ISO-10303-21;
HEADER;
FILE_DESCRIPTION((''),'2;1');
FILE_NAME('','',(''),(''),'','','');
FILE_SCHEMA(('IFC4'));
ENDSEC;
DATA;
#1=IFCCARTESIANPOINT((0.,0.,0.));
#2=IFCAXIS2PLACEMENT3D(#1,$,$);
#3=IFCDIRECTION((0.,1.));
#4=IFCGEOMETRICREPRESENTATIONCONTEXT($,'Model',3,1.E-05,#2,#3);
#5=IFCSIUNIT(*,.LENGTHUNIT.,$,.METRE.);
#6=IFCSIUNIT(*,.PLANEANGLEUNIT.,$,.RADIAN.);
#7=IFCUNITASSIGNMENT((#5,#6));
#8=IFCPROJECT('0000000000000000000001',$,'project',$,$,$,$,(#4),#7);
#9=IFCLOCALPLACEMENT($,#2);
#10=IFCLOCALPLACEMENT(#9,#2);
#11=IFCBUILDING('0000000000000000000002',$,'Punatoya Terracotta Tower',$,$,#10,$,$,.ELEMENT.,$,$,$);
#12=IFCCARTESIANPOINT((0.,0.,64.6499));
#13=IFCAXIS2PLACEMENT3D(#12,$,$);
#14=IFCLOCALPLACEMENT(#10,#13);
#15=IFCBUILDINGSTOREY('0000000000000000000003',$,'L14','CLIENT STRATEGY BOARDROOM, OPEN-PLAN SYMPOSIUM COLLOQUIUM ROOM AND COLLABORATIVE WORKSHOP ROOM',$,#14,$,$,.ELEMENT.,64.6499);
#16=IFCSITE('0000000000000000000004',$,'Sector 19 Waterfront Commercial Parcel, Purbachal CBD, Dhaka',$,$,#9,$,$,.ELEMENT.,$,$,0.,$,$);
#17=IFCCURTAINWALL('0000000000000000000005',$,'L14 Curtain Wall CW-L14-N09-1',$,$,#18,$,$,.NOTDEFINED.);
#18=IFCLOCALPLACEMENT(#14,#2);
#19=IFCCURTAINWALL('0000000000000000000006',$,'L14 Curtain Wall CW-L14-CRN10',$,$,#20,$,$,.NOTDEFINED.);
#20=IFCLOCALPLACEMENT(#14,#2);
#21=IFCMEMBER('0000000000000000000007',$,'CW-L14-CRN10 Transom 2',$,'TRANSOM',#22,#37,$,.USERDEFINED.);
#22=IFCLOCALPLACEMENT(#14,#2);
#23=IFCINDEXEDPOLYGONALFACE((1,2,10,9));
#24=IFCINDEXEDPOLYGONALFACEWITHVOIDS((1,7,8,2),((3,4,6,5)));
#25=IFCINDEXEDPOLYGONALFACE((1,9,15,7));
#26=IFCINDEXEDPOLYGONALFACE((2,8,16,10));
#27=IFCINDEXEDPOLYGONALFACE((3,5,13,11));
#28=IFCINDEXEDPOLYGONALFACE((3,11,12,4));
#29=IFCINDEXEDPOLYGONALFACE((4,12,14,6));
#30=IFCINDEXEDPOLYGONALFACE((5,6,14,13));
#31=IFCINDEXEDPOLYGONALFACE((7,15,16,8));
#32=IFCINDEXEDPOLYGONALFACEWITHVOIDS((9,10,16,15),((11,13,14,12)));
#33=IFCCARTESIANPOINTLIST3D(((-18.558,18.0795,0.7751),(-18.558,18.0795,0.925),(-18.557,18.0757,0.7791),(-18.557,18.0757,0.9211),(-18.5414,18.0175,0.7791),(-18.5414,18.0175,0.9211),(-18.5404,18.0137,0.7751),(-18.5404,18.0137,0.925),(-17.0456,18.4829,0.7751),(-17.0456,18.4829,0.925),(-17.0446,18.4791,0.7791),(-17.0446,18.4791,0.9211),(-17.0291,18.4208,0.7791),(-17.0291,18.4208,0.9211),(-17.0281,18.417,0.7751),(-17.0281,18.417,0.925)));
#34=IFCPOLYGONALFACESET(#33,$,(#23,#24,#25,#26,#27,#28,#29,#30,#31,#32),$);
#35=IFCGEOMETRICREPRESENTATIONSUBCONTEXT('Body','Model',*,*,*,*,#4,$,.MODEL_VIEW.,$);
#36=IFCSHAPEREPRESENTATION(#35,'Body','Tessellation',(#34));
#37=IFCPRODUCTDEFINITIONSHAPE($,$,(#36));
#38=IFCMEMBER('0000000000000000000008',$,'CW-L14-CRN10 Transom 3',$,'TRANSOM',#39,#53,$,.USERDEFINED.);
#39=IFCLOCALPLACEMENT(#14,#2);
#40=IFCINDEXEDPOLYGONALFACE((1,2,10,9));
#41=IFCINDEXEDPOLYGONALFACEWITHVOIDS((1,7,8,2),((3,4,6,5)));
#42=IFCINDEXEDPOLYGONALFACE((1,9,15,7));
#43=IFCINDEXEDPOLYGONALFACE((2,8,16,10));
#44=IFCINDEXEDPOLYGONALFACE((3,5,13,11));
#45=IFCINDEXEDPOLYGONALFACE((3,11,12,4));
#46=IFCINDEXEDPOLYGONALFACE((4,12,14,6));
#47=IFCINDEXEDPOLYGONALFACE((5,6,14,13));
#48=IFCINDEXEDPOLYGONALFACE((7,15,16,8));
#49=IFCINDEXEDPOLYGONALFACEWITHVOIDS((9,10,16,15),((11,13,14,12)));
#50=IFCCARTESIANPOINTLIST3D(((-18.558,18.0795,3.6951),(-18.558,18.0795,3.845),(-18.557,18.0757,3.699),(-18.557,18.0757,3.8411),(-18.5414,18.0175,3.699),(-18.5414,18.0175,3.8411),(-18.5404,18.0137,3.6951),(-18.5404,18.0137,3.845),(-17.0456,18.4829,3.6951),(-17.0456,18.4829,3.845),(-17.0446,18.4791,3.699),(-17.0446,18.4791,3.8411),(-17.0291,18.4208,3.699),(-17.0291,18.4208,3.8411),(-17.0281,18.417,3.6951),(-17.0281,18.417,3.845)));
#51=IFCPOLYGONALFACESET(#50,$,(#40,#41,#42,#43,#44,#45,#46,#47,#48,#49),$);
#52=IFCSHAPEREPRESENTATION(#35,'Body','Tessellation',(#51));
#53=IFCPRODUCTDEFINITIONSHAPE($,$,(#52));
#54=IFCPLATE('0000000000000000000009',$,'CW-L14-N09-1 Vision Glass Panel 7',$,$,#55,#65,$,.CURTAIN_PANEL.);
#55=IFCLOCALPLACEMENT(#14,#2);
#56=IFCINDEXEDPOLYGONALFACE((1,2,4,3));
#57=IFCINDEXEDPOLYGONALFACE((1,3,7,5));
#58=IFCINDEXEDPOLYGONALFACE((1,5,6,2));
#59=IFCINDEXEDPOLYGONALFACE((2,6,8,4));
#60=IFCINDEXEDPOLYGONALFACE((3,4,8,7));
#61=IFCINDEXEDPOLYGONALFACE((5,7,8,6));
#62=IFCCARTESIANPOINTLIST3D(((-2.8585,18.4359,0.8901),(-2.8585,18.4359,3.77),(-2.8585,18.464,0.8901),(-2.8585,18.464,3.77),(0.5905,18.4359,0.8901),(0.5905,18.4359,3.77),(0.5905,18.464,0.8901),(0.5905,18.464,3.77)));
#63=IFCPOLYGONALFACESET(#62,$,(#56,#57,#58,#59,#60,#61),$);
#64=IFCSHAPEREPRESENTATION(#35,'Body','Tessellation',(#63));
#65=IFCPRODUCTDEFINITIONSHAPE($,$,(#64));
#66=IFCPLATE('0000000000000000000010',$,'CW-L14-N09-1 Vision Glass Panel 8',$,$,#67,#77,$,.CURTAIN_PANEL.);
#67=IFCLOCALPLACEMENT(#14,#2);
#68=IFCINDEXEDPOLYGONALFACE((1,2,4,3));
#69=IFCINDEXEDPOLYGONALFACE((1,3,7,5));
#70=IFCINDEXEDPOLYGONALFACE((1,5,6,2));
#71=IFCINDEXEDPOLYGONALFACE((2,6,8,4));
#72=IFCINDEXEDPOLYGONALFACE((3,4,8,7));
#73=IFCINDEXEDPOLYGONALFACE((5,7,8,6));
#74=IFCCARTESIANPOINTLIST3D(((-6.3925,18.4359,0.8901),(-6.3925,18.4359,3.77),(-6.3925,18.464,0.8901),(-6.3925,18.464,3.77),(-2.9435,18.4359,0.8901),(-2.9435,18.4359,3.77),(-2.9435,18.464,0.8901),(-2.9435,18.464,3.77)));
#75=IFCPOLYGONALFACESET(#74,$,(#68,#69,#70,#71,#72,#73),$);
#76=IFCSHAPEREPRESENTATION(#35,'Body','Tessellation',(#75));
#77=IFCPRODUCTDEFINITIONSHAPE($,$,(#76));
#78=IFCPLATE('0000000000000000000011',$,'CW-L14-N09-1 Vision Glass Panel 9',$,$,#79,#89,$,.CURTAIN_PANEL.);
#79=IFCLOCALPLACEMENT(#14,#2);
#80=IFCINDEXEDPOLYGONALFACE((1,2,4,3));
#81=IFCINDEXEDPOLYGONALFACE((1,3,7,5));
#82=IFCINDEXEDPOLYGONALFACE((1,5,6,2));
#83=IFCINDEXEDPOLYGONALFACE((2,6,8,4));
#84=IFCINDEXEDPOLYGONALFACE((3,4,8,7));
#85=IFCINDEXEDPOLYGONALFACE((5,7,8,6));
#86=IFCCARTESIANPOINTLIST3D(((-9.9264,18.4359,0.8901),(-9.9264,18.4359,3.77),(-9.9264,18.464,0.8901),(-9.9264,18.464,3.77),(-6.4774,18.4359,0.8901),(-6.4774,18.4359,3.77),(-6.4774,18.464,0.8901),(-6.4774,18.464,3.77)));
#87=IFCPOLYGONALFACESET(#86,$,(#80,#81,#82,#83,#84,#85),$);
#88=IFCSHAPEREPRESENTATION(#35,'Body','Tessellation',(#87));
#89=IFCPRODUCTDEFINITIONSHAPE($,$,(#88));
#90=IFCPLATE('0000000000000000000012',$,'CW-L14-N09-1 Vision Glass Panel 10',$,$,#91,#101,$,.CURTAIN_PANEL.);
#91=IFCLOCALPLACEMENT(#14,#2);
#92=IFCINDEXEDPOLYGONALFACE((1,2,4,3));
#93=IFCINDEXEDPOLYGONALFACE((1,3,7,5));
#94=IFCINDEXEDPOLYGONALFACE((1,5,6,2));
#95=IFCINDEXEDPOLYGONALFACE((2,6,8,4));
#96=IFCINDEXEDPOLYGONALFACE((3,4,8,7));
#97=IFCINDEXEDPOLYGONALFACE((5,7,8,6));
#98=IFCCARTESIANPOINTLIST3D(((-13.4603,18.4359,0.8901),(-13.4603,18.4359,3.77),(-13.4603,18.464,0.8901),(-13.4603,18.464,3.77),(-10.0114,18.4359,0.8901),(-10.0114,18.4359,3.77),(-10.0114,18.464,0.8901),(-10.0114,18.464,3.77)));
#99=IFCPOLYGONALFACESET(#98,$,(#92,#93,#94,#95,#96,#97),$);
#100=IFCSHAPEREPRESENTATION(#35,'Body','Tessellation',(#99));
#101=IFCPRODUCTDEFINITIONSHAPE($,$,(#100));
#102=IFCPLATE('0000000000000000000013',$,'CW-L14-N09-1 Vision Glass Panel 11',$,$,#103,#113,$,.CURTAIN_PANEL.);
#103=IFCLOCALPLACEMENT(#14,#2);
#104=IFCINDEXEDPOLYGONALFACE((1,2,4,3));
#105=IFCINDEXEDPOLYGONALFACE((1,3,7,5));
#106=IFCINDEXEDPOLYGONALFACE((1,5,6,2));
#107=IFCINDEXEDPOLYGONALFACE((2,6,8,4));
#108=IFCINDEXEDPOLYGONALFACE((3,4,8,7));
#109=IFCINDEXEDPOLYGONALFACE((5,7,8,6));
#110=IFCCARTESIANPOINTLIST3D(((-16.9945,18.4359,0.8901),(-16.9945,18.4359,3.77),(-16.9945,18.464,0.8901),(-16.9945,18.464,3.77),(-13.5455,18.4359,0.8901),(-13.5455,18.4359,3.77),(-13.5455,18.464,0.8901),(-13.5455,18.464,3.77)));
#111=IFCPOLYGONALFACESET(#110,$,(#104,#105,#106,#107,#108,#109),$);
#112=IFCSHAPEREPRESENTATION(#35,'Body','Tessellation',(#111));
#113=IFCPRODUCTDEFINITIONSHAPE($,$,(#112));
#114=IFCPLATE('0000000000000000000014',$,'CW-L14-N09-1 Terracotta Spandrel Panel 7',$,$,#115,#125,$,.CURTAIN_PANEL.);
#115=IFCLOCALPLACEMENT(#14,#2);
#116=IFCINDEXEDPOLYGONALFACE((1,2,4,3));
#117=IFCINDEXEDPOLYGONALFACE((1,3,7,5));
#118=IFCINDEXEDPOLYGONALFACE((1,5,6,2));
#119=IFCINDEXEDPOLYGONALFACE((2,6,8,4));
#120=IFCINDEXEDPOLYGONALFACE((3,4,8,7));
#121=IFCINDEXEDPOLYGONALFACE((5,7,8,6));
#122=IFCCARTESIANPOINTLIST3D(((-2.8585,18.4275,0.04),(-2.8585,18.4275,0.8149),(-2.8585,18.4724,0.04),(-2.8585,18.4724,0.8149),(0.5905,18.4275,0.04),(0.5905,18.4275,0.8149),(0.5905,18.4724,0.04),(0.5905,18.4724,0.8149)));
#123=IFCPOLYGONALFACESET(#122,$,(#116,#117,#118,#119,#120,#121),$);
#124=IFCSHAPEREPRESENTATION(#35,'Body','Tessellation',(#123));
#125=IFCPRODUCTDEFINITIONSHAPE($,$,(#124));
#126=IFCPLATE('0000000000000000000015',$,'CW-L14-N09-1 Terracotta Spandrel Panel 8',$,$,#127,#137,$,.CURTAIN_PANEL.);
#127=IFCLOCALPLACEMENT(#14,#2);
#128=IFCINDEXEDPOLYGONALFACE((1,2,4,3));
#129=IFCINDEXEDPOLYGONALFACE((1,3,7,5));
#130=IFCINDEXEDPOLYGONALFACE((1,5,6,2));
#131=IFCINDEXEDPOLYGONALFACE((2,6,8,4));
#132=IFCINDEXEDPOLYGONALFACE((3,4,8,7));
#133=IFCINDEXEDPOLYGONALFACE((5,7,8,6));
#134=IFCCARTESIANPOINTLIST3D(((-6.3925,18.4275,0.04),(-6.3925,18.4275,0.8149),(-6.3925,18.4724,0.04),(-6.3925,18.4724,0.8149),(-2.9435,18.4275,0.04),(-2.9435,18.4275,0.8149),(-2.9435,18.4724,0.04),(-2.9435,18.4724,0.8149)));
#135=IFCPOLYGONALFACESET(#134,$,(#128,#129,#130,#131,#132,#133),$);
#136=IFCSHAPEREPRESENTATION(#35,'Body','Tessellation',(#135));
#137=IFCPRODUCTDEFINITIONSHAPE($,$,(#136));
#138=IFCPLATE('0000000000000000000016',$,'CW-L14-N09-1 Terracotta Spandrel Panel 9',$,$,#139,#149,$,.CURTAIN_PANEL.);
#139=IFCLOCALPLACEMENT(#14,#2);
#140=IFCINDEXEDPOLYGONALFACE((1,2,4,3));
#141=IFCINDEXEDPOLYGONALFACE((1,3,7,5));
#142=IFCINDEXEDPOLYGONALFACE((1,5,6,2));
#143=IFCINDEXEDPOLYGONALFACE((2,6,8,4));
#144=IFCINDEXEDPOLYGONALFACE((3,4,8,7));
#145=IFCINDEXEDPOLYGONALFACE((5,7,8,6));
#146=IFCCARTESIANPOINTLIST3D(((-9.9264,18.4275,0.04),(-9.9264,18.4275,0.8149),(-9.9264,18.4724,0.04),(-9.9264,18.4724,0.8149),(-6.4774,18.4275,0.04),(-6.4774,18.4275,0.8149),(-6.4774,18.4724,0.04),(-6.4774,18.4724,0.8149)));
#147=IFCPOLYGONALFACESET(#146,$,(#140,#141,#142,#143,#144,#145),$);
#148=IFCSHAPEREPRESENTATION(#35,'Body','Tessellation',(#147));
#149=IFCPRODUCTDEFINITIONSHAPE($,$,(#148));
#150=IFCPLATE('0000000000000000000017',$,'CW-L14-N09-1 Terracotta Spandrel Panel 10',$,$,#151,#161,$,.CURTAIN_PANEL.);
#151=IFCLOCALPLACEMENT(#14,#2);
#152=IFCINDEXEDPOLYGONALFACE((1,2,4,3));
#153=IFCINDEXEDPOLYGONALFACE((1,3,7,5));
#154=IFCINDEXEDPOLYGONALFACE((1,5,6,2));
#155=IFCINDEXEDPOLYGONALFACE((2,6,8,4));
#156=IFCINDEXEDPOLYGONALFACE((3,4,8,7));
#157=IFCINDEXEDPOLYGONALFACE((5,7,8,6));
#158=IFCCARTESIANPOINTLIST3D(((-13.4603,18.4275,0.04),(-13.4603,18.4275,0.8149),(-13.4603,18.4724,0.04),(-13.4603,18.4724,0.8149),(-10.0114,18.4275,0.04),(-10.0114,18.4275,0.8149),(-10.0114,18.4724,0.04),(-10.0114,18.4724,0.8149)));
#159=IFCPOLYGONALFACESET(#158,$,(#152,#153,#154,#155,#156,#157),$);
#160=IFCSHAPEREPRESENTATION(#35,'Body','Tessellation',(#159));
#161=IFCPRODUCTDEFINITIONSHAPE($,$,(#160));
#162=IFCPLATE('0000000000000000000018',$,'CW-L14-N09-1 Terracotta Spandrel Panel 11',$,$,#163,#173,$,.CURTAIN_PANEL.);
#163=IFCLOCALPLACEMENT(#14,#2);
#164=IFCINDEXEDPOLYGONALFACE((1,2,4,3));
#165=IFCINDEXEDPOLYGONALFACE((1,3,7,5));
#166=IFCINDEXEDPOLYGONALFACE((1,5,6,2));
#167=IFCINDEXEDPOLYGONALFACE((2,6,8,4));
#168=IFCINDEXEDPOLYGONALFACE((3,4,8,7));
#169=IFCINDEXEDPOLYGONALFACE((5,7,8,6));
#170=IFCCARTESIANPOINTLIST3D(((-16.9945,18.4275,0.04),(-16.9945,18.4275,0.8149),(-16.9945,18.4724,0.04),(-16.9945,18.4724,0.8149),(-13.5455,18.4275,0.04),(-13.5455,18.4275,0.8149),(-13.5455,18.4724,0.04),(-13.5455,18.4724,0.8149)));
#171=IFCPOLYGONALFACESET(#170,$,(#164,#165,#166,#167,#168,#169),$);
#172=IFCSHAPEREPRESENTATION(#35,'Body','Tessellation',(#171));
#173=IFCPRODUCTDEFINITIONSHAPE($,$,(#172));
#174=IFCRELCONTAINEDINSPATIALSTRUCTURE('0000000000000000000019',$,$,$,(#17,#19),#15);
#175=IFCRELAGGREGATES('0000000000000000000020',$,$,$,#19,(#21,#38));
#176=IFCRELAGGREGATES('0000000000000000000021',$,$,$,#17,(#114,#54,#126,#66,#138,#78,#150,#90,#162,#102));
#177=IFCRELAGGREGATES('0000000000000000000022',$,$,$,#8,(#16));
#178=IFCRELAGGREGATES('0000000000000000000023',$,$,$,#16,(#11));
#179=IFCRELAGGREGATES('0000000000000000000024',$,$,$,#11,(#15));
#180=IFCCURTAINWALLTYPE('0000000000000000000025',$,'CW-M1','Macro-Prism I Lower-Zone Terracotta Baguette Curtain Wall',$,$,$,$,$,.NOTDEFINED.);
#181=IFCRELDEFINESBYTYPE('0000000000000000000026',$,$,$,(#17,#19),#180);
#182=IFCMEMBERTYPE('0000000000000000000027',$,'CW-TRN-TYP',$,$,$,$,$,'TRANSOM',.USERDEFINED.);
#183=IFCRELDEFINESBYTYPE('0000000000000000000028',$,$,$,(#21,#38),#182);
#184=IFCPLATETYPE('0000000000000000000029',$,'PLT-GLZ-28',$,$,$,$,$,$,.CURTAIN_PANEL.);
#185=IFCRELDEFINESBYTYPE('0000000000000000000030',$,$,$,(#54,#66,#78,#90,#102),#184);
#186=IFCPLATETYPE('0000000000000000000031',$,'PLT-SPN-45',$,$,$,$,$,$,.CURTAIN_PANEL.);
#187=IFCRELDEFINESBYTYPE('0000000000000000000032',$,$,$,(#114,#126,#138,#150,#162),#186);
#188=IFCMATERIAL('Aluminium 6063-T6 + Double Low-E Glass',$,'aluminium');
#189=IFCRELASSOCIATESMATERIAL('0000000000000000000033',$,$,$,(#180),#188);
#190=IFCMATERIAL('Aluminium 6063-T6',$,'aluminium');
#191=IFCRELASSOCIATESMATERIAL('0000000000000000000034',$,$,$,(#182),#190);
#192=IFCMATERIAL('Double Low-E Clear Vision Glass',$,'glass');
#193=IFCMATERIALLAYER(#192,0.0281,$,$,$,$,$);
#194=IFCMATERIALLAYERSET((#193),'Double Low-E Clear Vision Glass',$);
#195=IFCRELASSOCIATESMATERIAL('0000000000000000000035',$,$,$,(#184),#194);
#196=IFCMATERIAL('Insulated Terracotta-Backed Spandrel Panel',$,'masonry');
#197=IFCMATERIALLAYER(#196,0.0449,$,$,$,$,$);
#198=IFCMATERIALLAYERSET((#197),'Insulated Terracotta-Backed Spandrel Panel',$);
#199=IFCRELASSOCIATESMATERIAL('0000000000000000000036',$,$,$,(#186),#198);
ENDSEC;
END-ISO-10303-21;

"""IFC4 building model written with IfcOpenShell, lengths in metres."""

from ifc_helpers import new_model, si_unit, direction, frame, origin, origin_2d, place, context, subcontext, project, spatial, rectangle, hollow_rectangle, extrude, material, layer, layer_set, material_profile, profile_set, type_object, element, aggregate, save


model = new_model("IFC4")

# Units and contexts
model_context = context("Model", 3, precision=1e-05, world=origin(), true_north=direction((0.0, 1.0)))
body_context = subcontext(model_context, "Body", "Model", "MODEL_VIEW")
ifc_project = project(units=[si_unit("LENGTHUNIT", "METRE"), si_unit("PLANEANGLEUNIT", "RADIAN")], contexts=[model_context])

# Site, building, storey
site_placement = place(None, origin())
site = spatial("IfcSite", under=ifc_project, at=site_placement, Name="Sector 19 Waterfront Commercial Parcel, Purbachal CBD, Dhaka", CompositionType="ELEMENT", RefElevation=0.0)
building_placement = place(site_placement, origin())
building = spatial("IfcBuilding", under=site, at=building_placement, Name="Punatoya Terracotta Tower", CompositionType="ELEMENT")
storey_placement = place(building_placement, frame((0.0, 0.0, 64.6499)))
storey = spatial("IfcBuildingStorey", under=building, at=storey_placement, Name="L14", Description="CLIENT STRATEGY BOARDROOM, OPEN-PLAN SYMPOSIUM COLLOQUIUM ROOM AND COLLABORATIVE WORKSHOP ROOM", CompositionType="ELEMENT", Elevation=64.6499)

# Curtain walls, members
ifc_material_1 = material(Name="Aluminium 6063-T6 + Double Low-E Glass", Category="aluminium")
curtain_wall_type = type_object("IfcCurtainWallType", Name="CW-M1", Description="Macro-Prism I Lower-Zone Terracotta Baguette Curtain Wall", PredefinedType="NOTDEFINED", material=ifc_material_1)
curtain_wall_1_placement = place(storey_placement, origin())
curtain_wall_1 = element("IfcCurtainWall", 1, at=curtain_wall_1_placement, inside=storey, type_object=curtain_wall_type, Name="L14 Curtain Wall CW-L14-N09-1", PredefinedType="NOTDEFINED")
ifc_material_2 = material(Name="Aluminium 6063-T6", Category="aluminium")
curtain_wall_2_placement = place(storey_placement, origin())
curtain_wall_2 = element("IfcCurtainWall", 2, at=curtain_wall_2_placement, inside=storey, type_object=curtain_wall_type, Name="L14 Curtain Wall CW-L14-CRN10", PredefinedType="NOTDEFINED")
ifc_material_profile_1 = material_profile(ifc_material_2, hollow_rectangle(XDim=0.0681, YDim=0.1499, WallThickness=0.0039, at=origin_2d()))
ifc_profile_set_1 = profile_set([ifc_material_profile_1], Name="Aluminium 6063-T6")
member_type_1 = type_object("IfcMemberType", Name="CW-TRN-TYP", ElementType="TRANSOM", PredefinedType="USERDEFINED", material=ifc_profile_set_1)
member_1_placement = place(storey_placement, frame((-17.0369, 18.45, 0.8501), z_axis=(-0.966225, -0.257701, 0.0), x_axis=(0.257701, -0.966225, 0.0)))
member_1 = element("IfcMember", 3, at=member_1_placement, type_object=member_type_1, Name="CW-L14-CRN10 Transom 2", ObjectType="TRANSOM", PredefinedType="USERDEFINED", context=body_context, shape_type="SweptSolid", body=[
    extrude(hollow_rectangle(XDim=0.0681, YDim=0.1499, WallThickness=0.0039, at=origin_2d()), origin(), (0.0, 0.0, 1.0), 1.5652),
])
member_2_placement = place(storey_placement, frame((-17.0369, 18.45, 3.77), z_axis=(-0.966225, -0.257701, 0.0), x_axis=(0.257701, -0.966225, 0.0)))
member_2 = element("IfcMember", 4, at=member_2_placement, type_object=member_type_1, Name="CW-L14-CRN10 Transom 3", ObjectType="TRANSOM", PredefinedType="USERDEFINED", context=body_context, shape_type="SweptSolid", body=[
    extrude(hollow_rectangle(XDim=0.0681, YDim=0.1499, WallThickness=0.0039, at=origin_2d()), origin(), (0.0, 0.0, 1.0), 1.5652),
])
aggregate(curtain_wall_2, [member_1, member_2])

# Plates
ifc_material_3 = material(Name="Double Low-E Clear Vision Glass", Category="glass")
ifc_layer_1 = layer(ifc_material_3, 0.0281)
ifc_layer_set_1 = layer_set([ifc_layer_1], Name="Double Low-E Clear Vision Glass")
plate_type_1 = type_object("IfcPlateType", Name="PLT-GLZ-28", PredefinedType="CURTAIN_PANEL", material=ifc_layer_set_1)
plate_1_placement = place(storey_placement, frame((-1.134, 18.45, 0.8901), z_axis=(0.0, 0.0, 1.0), x_axis=(-1.0, 0.0, 0.0)))
plate_1 = element("IfcPlate", 5, at=plate_1_placement, type_object=plate_type_1, Name="CW-L14-N09-1 Vision Glass Panel 7", PredefinedType="CURTAIN_PANEL", context=body_context, shape_type="SweptSolid", body=[
    extrude(rectangle(XDim=3.449, YDim=0.0281, at=origin_2d()), origin(), (0.0, 0.0, 1.0), 2.8799),
])
plate_2_placement = place(storey_placement, frame((-4.668, 18.45, 0.8901), z_axis=(0.0, 0.0, 1.0), x_axis=(-1.0, 0.0, 0.0)))
plate_2 = element("IfcPlate", 6, at=plate_2_placement, type_object=plate_type_1, Name="CW-L14-N09-1 Vision Glass Panel 8", PredefinedType="CURTAIN_PANEL", context=body_context, shape_type="SweptSolid", body=[
    extrude(rectangle(XDim=3.449, YDim=0.0281, at=origin_2d()), origin(), (0.0, 0.0, 1.0), 2.8799),
])
plate_3_placement = place(storey_placement, frame((-8.2019, 18.45, 0.8901), z_axis=(0.0, 0.0, 1.0), x_axis=(-1.0, 0.0, 0.0)))
plate_3 = element("IfcPlate", 7, at=plate_3_placement, type_object=plate_type_1, Name="CW-L14-N09-1 Vision Glass Panel 9", PredefinedType="CURTAIN_PANEL", context=body_context, shape_type="SweptSolid", body=[
    extrude(rectangle(XDim=3.449, YDim=0.0281, at=origin_2d()), origin(), (0.0, 0.0, 1.0), 2.8799),
])
plate_4_placement = place(storey_placement, frame((-11.7358, 18.45, 0.8901), z_axis=(0.0, 0.0, 1.0), x_axis=(-1.0, 0.0, 0.0)))
plate_4 = element("IfcPlate", 8, at=plate_4_placement, type_object=plate_type_1, Name="CW-L14-N09-1 Vision Glass Panel 10", PredefinedType="CURTAIN_PANEL", context=body_context, shape_type="SweptSolid", body=[
    extrude(rectangle(XDim=3.449, YDim=0.0281, at=origin_2d()), origin(), (0.0, 0.0, 1.0), 2.8799),
])
plate_5_placement = place(storey_placement, frame((-15.27, 18.45, 0.8901), z_axis=(0.0, 0.0, 1.0), x_axis=(-1.0, 0.0, 0.0)))
plate_5 = element("IfcPlate", 9, at=plate_5_placement, type_object=plate_type_1, Name="CW-L14-N09-1 Vision Glass Panel 11", PredefinedType="CURTAIN_PANEL", context=body_context, shape_type="SweptSolid", body=[
    extrude(rectangle(XDim=3.449, YDim=0.0281, at=origin_2d()), origin(), (0.0, 0.0, 1.0), 2.8799),
])
ifc_material_4 = material(Name="Insulated Terracotta-Backed Spandrel Panel", Category="masonry")
ifc_layer_2 = layer(ifc_material_4, 0.0449)
ifc_layer_set_2 = layer_set([ifc_layer_2], Name="Insulated Terracotta-Backed Spandrel Panel")
plate_type_2 = type_object("IfcPlateType", Name="PLT-SPN-45", PredefinedType="CURTAIN_PANEL", material=ifc_layer_set_2)
plate_6_placement = place(storey_placement, frame((-1.134, 18.45, 0.04), z_axis=(0.0, 0.0, 1.0), x_axis=(-1.0, 0.0, 0.0)))
plate_6 = element("IfcPlate", 10, at=plate_6_placement, type_object=plate_type_2, Name="CW-L14-N09-1 Terracotta Spandrel Panel 7", PredefinedType="CURTAIN_PANEL", context=body_context, shape_type="SweptSolid", body=[
    extrude(rectangle(XDim=3.449, YDim=0.0449, at=origin_2d()), origin(), (0.0, 0.0, 1.0), 0.7749),
])
plate_7_placement = place(storey_placement, frame((-4.668, 18.45, 0.04), z_axis=(0.0, 0.0, 1.0), x_axis=(-1.0, 0.0, 0.0)))
plate_7 = element("IfcPlate", 11, at=plate_7_placement, type_object=plate_type_2, Name="CW-L14-N09-1 Terracotta Spandrel Panel 8", PredefinedType="CURTAIN_PANEL", context=body_context, shape_type="SweptSolid", body=[
    extrude(rectangle(XDim=3.449, YDim=0.0449, at=origin_2d()), origin(), (0.0, 0.0, 1.0), 0.7749),
])
plate_8_placement = place(storey_placement, frame((-8.2019, 18.45, 0.04), z_axis=(0.0, 0.0, 1.0), x_axis=(-1.0, 0.0, 0.0)))
plate_8 = element("IfcPlate", 12, at=plate_8_placement, type_object=plate_type_2, Name="CW-L14-N09-1 Terracotta Spandrel Panel 9", PredefinedType="CURTAIN_PANEL", context=body_context, shape_type="SweptSolid", body=[
    extrude(rectangle(XDim=3.449, YDim=0.0449, at=origin_2d()), origin(), (0.0, 0.0, 1.0), 0.7749),
])
plate_9_placement = place(storey_placement, frame((-11.7358, 18.45, 0.04), z_axis=(0.0, 0.0, 1.0), x_axis=(-1.0, 0.0, 0.0)))
plate_9 = element("IfcPlate", 13, at=plate_9_placement, type_object=plate_type_2, Name="CW-L14-N09-1 Terracotta Spandrel Panel 10", PredefinedType="CURTAIN_PANEL", context=body_context, shape_type="SweptSolid", body=[
    extrude(rectangle(XDim=3.449, YDim=0.0449, at=origin_2d()), origin(), (0.0, 0.0, 1.0), 0.7749),
])
plate_10_placement = place(storey_placement, frame((-15.27, 18.45, 0.04), z_axis=(0.0, 0.0, 1.0), x_axis=(-1.0, 0.0, 0.0)))
plate_10 = element("IfcPlate", 14, at=plate_10_placement, type_object=plate_type_2, Name="CW-L14-N09-1 Terracotta Spandrel Panel 11", PredefinedType="CURTAIN_PANEL", context=body_context, shape_type="SweptSolid", body=[
    extrude(rectangle(XDim=3.449, YDim=0.0449, at=origin_2d()), origin(), (0.0, 0.0, 1.0), 0.7749),
])
aggregate(curtain_wall_1, [plate_6, plate_1, plate_7, plate_2, plate_8, plate_3, plate_9, plate_4, plate_10, plate_5])

save(model, "model.ifc")
